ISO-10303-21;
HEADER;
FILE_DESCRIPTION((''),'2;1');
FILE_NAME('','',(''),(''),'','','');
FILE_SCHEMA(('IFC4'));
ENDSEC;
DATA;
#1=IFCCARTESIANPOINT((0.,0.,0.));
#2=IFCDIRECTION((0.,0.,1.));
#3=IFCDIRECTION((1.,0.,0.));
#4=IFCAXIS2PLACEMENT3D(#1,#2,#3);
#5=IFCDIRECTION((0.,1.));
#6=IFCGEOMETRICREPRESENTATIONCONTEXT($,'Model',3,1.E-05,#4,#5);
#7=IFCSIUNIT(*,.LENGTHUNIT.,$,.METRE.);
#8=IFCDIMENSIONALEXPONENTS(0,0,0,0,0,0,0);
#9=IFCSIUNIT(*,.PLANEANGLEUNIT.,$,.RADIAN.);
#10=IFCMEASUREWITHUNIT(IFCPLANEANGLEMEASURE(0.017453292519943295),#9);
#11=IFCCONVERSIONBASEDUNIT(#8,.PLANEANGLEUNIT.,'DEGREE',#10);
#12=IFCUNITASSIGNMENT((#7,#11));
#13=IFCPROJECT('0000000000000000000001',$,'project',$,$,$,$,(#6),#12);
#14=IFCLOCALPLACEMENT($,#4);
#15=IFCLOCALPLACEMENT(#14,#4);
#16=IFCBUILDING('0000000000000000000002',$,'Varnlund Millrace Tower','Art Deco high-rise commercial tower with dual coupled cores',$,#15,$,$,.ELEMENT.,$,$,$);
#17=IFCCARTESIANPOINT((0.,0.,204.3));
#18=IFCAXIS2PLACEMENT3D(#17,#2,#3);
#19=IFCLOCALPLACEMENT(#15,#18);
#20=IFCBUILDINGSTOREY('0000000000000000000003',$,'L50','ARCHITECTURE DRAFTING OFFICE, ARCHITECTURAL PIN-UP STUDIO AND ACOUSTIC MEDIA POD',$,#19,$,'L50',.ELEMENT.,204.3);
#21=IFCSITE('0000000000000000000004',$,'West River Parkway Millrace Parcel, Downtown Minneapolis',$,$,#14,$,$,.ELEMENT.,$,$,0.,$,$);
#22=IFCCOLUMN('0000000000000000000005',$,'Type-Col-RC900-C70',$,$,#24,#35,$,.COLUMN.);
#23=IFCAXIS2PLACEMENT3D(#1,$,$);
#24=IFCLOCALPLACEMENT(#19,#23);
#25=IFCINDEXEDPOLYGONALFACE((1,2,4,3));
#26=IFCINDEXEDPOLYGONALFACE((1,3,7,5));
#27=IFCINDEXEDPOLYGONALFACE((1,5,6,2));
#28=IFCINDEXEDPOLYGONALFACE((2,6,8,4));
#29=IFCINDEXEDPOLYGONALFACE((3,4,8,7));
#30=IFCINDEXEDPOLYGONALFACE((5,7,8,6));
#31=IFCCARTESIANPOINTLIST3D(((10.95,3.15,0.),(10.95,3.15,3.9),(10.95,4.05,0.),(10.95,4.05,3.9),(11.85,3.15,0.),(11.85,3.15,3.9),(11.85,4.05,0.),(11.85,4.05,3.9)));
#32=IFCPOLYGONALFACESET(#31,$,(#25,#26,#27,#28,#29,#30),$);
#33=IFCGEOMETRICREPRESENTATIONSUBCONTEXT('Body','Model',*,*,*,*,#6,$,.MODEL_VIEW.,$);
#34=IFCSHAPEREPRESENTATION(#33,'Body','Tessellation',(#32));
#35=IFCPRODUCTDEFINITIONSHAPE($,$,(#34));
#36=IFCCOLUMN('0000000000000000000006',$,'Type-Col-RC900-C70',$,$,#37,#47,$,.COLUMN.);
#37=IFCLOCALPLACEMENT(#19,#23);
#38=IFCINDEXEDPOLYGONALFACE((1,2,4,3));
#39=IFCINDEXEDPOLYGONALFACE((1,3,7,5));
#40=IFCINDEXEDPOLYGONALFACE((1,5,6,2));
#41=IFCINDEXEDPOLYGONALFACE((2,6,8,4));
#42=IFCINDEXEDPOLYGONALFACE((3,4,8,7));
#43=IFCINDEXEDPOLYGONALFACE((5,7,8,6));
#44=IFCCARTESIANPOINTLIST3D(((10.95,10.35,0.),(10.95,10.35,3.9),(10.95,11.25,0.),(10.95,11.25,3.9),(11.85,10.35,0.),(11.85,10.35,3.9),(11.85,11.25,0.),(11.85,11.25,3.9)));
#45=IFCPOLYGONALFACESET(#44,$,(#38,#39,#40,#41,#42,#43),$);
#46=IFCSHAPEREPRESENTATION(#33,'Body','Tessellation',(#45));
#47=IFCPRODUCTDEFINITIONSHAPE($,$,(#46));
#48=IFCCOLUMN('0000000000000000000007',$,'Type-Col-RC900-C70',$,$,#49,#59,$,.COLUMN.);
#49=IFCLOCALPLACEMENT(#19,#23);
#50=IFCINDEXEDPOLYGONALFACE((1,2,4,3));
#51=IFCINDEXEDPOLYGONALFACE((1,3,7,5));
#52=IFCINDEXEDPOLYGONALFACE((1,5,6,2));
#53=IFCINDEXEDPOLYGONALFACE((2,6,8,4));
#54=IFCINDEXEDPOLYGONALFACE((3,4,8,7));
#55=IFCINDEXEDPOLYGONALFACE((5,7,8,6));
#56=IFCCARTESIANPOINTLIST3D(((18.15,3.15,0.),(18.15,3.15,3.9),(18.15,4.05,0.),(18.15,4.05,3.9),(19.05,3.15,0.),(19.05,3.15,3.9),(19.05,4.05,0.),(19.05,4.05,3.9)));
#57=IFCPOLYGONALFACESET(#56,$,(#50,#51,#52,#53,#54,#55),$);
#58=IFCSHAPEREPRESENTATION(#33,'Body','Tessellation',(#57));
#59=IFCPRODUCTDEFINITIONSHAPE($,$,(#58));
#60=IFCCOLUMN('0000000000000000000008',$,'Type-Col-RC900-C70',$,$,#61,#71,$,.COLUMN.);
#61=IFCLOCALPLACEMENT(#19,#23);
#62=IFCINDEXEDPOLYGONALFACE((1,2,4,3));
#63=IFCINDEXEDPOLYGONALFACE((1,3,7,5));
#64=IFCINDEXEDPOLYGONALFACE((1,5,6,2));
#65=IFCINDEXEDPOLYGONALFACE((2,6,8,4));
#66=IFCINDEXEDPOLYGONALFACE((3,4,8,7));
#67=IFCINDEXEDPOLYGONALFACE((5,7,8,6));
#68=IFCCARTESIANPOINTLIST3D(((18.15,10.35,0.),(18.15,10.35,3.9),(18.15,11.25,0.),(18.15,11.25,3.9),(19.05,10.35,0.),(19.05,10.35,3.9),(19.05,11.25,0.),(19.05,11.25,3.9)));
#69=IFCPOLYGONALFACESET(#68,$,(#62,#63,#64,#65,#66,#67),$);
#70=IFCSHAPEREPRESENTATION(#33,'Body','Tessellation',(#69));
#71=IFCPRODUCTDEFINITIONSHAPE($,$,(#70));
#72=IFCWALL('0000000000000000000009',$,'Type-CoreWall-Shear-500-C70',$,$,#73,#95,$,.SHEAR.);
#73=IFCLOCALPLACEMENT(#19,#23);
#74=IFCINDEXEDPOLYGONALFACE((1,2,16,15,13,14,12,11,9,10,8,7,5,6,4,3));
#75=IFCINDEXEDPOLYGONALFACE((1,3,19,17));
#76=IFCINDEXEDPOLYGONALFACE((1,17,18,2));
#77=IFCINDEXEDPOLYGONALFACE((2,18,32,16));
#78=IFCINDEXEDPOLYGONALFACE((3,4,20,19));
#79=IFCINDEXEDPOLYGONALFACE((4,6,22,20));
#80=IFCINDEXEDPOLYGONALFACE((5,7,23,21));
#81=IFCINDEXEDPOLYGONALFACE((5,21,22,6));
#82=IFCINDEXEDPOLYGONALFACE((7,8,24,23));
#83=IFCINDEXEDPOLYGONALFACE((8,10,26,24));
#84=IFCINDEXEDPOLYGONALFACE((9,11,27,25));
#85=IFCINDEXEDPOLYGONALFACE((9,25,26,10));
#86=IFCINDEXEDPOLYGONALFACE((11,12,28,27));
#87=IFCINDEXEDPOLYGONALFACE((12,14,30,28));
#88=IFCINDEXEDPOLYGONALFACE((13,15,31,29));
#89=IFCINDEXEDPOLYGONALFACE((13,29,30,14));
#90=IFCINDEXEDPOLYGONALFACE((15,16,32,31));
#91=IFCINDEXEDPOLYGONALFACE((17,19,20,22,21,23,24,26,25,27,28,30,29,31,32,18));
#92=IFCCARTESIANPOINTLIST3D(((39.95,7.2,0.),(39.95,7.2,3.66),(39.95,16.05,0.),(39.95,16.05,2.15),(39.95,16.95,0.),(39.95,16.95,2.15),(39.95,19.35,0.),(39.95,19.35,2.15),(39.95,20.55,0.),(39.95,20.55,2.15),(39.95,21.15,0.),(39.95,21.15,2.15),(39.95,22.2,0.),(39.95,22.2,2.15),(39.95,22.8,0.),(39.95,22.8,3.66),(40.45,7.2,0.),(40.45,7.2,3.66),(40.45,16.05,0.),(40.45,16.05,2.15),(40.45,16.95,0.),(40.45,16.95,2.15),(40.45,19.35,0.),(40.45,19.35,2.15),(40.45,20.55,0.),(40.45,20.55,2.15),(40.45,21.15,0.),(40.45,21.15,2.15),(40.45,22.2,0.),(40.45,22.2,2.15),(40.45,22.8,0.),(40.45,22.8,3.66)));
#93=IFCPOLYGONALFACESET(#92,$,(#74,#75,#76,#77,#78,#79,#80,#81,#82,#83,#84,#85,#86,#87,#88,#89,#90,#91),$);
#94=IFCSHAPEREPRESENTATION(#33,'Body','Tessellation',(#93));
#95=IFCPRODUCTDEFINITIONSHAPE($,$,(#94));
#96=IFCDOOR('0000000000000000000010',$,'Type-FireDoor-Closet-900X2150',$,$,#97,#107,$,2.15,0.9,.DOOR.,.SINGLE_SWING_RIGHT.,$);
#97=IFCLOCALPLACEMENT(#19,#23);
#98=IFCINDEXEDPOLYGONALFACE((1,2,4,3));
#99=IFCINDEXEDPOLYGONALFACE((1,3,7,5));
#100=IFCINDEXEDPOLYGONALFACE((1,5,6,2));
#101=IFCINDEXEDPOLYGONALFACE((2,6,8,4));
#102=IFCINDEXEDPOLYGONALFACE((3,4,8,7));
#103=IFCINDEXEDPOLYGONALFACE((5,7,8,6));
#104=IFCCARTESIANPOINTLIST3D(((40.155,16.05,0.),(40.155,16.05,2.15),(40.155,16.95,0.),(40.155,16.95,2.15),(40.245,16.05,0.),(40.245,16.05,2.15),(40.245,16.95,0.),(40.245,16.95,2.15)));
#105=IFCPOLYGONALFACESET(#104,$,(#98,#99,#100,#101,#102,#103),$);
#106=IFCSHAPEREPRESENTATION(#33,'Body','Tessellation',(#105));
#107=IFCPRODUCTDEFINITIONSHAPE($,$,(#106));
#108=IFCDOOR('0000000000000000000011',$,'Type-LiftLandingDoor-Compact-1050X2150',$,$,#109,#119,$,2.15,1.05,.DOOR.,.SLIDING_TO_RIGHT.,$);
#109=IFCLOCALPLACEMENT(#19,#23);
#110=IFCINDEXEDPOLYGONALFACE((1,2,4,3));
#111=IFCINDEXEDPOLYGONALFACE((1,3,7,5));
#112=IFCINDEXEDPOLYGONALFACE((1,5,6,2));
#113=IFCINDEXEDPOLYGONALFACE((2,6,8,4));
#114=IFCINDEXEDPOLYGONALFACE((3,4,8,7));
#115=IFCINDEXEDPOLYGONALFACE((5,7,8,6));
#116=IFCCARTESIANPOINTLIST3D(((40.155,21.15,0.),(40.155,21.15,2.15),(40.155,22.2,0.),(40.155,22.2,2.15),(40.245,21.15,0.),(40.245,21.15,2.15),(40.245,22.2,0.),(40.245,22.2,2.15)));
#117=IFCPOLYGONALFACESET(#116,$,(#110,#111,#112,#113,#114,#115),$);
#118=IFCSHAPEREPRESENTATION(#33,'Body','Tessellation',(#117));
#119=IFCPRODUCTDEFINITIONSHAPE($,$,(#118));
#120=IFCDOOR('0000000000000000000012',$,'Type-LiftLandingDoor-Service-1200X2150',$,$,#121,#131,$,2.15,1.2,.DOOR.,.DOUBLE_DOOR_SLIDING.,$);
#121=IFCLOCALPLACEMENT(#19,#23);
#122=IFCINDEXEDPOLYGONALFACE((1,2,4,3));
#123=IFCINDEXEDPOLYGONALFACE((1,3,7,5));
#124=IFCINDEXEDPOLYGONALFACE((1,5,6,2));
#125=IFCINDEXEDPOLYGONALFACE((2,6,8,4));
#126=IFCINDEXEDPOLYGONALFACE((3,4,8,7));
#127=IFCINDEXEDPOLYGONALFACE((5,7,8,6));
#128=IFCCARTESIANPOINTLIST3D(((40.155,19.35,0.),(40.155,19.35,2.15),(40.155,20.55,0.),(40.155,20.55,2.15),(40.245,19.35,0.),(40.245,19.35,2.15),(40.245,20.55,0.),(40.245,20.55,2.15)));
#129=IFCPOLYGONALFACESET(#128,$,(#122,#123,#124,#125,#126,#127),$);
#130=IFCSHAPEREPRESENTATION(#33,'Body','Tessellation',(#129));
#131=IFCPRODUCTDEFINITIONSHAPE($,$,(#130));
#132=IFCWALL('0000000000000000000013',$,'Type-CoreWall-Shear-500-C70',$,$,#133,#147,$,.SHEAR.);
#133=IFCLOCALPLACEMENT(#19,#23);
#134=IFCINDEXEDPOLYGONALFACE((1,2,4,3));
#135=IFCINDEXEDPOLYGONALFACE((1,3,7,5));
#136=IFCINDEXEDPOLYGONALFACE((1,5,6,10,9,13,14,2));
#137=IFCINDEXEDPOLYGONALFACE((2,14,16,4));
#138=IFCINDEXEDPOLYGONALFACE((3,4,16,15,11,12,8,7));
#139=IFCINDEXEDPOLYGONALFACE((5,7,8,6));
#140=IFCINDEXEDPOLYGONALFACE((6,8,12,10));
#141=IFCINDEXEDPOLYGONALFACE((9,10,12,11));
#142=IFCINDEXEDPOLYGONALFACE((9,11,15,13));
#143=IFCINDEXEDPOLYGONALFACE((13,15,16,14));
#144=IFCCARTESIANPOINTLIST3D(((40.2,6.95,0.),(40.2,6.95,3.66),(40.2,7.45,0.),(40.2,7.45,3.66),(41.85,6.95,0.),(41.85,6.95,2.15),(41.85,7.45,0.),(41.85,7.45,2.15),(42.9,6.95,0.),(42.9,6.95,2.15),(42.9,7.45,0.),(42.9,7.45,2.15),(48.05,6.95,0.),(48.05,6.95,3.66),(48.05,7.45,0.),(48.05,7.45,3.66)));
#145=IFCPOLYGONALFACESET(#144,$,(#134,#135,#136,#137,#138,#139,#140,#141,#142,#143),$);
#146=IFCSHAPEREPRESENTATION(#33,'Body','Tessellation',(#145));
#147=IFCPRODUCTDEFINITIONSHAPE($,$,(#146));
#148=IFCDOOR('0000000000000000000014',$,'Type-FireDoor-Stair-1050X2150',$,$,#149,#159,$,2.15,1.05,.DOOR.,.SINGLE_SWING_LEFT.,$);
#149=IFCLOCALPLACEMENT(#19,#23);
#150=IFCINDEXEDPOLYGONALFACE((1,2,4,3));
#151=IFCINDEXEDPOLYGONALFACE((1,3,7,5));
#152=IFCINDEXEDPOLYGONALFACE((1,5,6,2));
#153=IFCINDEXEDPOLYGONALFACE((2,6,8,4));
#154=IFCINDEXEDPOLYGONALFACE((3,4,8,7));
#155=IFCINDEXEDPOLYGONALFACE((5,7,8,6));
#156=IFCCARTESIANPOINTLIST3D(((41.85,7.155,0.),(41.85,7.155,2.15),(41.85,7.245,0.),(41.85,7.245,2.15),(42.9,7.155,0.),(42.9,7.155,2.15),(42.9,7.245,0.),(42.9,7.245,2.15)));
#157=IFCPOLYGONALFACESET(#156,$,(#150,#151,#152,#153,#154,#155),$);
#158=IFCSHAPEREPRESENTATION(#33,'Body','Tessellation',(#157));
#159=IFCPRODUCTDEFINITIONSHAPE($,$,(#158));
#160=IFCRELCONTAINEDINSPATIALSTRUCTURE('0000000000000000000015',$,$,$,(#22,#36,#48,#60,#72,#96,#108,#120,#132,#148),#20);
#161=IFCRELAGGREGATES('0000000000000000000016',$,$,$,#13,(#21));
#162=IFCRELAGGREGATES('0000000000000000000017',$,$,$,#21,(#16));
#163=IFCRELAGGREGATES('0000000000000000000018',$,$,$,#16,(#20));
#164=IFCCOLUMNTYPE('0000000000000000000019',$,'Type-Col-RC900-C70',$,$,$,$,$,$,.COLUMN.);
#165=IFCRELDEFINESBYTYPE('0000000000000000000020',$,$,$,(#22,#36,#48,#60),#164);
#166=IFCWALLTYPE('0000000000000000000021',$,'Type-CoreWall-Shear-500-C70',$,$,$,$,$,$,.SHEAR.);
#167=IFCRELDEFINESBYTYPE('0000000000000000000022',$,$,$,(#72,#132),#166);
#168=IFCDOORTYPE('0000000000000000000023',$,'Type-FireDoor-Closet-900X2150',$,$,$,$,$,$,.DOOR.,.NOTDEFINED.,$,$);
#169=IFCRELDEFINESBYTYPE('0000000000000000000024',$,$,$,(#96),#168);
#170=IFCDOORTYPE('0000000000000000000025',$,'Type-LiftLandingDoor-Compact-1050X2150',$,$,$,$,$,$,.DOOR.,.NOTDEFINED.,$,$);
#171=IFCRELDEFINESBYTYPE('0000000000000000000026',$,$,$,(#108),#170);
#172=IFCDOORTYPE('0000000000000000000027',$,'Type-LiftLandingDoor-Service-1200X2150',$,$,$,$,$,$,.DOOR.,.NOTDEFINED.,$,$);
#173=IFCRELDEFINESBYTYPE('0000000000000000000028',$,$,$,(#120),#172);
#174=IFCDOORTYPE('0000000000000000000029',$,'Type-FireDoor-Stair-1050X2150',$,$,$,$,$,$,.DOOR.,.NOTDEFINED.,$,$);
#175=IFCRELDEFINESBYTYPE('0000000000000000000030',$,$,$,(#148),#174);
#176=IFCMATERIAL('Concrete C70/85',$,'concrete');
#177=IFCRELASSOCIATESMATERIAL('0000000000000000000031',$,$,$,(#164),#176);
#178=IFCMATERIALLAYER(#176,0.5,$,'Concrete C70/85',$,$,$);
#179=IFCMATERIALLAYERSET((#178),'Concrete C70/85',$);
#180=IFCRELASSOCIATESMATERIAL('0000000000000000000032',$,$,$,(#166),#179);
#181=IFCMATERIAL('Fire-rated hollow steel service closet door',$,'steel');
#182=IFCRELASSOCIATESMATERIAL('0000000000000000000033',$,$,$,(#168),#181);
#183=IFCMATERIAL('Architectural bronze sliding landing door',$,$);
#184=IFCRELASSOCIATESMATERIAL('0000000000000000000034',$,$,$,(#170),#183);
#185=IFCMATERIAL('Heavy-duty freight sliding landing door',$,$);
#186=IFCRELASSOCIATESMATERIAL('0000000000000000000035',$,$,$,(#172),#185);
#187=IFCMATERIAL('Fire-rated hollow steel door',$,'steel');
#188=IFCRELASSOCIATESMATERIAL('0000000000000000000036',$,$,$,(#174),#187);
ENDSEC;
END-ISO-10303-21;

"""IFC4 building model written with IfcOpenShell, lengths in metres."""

from ifc_helpers import new_model, entity, si_unit, converted_unit, direction, frame, origin_with_axes, origin_2d_with_axis, place, context, subcontext, project, spatial, polyline, rectangle, outline, extrude, material, layer, layer_set, material_profile, profile_set, type_object, element, fill, save


model = new_model("IFC4")

# Units and contexts
model_context = context("Model", 3, precision=1e-05, world=origin_with_axes(), true_north=direction((0.0, 1.0)))
body_context = subcontext(model_context, "Body", "Model", "MODEL_VIEW")
ifc_project = project(units=[si_unit("LENGTHUNIT", "METRE"), converted_unit("PLANEANGLEUNIT", "DEGREE", entity("IfcPlaneAngleMeasure", 0.017453292519943295), si_unit("PLANEANGLEUNIT", "RADIAN"), dimensions=[0, 0, 0, 0, 0, 0, 0])], contexts=[model_context])

# Site, building, storey
site_placement = place(None, origin_with_axes())
site = spatial("IfcSite", under=ifc_project, at=site_placement, Name="West River Parkway Millrace Parcel, Downtown Minneapolis", CompositionType="ELEMENT", RefElevation=0.0)
building_placement = place(site_placement, origin_with_axes())
building = spatial("IfcBuilding", under=site, at=building_placement, Name="Varnlund Millrace Tower", Description="Art Deco high-rise commercial tower with dual coupled cores", CompositionType="ELEMENT")
storey_placement = place(building_placement, frame((0.0, 0.0, 204.3), z_axis=(0.0, 0.0, 1.0), x_axis=(1.0, 0.0, 0.0)))
storey = spatial("IfcBuildingStorey", under=building, at=storey_placement, Name="L50", Description="ARCHITECTURE DRAFTING OFFICE, ARCHITECTURAL PIN-UP STUDIO AND ACOUSTIC MEDIA POD", LongName="L50", CompositionType="ELEMENT", Elevation=204.3)

# Columns
ifc_material_1 = material(Name="Concrete C70/85", Category="concrete")
ifc_material_profile = material_profile(ifc_material_1, rectangle(XDim=0.9, YDim=0.9, at=origin_2d_with_axis()), Name="Concrete C70/85")
ifc_profile_set = profile_set([ifc_material_profile], Name="Concrete C70/85")
column_type = type_object("IfcColumnType", Name="Type-Col-RC900-C70", PredefinedType="COLUMN", material=ifc_profile_set)
for number, where, z_axis, x_axis, name in (
    (1, (11.4, 3.6, 0.0), (0.0, 0.0, 1.0), (1.0, 0.0, 0.0), "Type-Col-RC900-C70"),
    (2, (11.4, 10.8, 0.0), (0.0, 0.0, 1.0), (1.0, 0.0, 0.0), "Type-Col-RC900-C70"),
    (3, (18.6, 3.6, 0.0), (0.0, 0.0, 1.0), (1.0, 0.0, 0.0), "Type-Col-RC900-C70"),
    (4, (18.6, 10.8, 0.0), (0.0, 0.0, 1.0), (1.0, 0.0, 0.0), "Type-Col-RC900-C70"),
):
    element("IfcColumn", number, at=place(storey_placement, frame(where, z_axis=z_axis, x_axis=x_axis)), inside=storey, type_object=column_type, Name=name, PredefinedType="COLUMN", context=body_context, shape_type="SweptSolid", body=[
        extrude(rectangle(XDim=0.9, YDim=0.9, at=origin_2d_with_axis()), origin_with_axes(), (0.0, 0.0, 1.0), 3.9),
    ])

# Wall, openings, doors
ifc_layer_1 = layer(ifc_material_1, 0.5, Name="Concrete C70/85")
ifc_layer_set_1 = layer_set([ifc_layer_1], Name="Concrete C70/85")
wall_type_1 = type_object("IfcWallType", Name="Type-CoreWall-Shear-500-C70", PredefinedType="SHEAR", material=ifc_layer_set_1)
wall_1_placement = place(storey_placement, frame((40.2, 7.2, 0.0), z_axis=(0.0, 0.0, 1.0), x_axis=(0.0, 1.0, 0.0)))
wall_1 = element("IfcWall", 5, at=wall_1_placement, inside=storey, type_object=wall_type_1, Name="Type-CoreWall-Shear-500-C70", PredefinedType="SHEAR", context=body_context, shape_type="SweptSolid", body=[
    extrude(outline(polyline([(0.0, -0.25), (15.6, -0.25), (15.6, 0.25), (0.0, 0.25), (0.0, -0.25)])), origin_with_axes(), (0.0, 0.0, 1.0), 3.66),
])
opening_1_placement = place(wall_1_placement, frame((14.475, 0.0, 0.0), z_axis=(0.0, 0.0, 1.0), x_axis=(1.0, 0.0, 0.0)))
opening_1 = element("IfcOpeningElement", 6, at=opening_1_placement, cuts=wall_1, PredefinedType="OPENING", context=body_context, shape_type="SweptSolid", body=[
    extrude(rectangle(XDim=1.05, YDim=0.52, at=origin_2d_with_axis()), origin_with_axes(), (0.0, 0.0, 1.0), 2.15),
])
opening_2_placement = place(wall_1_placement, frame((12.75, 0.0, 0.0), z_axis=(0.0, 0.0, 1.0), x_axis=(1.0, 0.0, 0.0)))
opening_2 = element("IfcOpeningElement", 7, at=opening_2_placement, cuts=wall_1, PredefinedType="OPENING", context=body_context, shape_type="SweptSolid", body=[
    extrude(rectangle(XDim=1.2, YDim=0.52, at=origin_2d_with_axis()), origin_with_axes(), (0.0, 0.0, 1.0), 2.15),
])
opening_3_placement = place(wall_1_placement, frame((9.3, 0.0, 0.0), z_axis=(0.0, 0.0, 1.0), x_axis=(1.0, 0.0, 0.0)))
opening_3 = element("IfcOpeningElement", 8, at=opening_3_placement, cuts=wall_1, PredefinedType="OPENING", context=body_context, shape_type="SweptSolid", body=[
    extrude(rectangle(XDim=0.9, YDim=0.52, at=origin_2d_with_axis()), origin_with_axes(), (0.0, 0.0, 1.0), 2.15),
])
ifc_material_2 = material(Name="Fire-rated hollow steel service closet door", Category="steel")
door_type_1 = type_object("IfcDoorType", Name="Type-FireDoor-Closet-900X2150", OperationType="NOTDEFINED", PredefinedType="DOOR", material=ifc_material_2)
door_1_placement = place(wall_1_placement, frame((9.3, 0.0, 0.0), z_axis=(0.0, 0.0, 1.0), x_axis=(1.0, 0.0, 0.0)))
door_1 = element("IfcDoor", 9, at=door_1_placement, inside=storey, type_object=door_type_1, Name="Type-FireDoor-Closet-900X2150", OperationType="SINGLE_SWING_RIGHT", OverallHeight=2.15, OverallWidth=0.9, PredefinedType="DOOR", context=body_context, shape_type="SweptSolid", body=[
    extrude(rectangle(XDim=0.9, YDim=0.09, at=origin_2d_with_axis()), origin_with_axes(), (0.0, 0.0, 1.0), 2.15),
])
fill(opening_3, door_1)
ifc_material_3 = material(Name="Architectural bronze sliding landing door")
door_type_2 = type_object("IfcDoorType", Name="Type-LiftLandingDoor-Compact-1050X2150", OperationType="NOTDEFINED", PredefinedType="DOOR", material=ifc_material_3)
door_2_placement = place(wall_1_placement, frame((14.475, 0.0, 0.0), z_axis=(0.0, 0.0, 1.0), x_axis=(1.0, 0.0, 0.0)))
door_2 = element("IfcDoor", 10, at=door_2_placement, inside=storey, type_object=door_type_2, Name="Type-LiftLandingDoor-Compact-1050X2150", OperationType="SLIDING_TO_RIGHT", OverallHeight=2.15, OverallWidth=1.05, PredefinedType="DOOR", context=body_context, shape_type="SweptSolid", body=[
    extrude(rectangle(XDim=1.05, YDim=0.09, at=origin_2d_with_axis()), origin_with_axes(), (0.0, 0.0, 1.0), 2.15),
])
fill(opening_1, door_2)
ifc_material_4 = material(Name="Heavy-duty freight sliding landing door")
door_type_3 = type_object("IfcDoorType", Name="Type-LiftLandingDoor-Service-1200X2150", OperationType="NOTDEFINED", PredefinedType="DOOR", material=ifc_material_4)
door_3_placement = place(wall_1_placement, frame((12.75, 0.0, 0.0), z_axis=(0.0, 0.0, 1.0), x_axis=(1.0, 0.0, 0.0)))
door_3 = element("IfcDoor", 11, at=door_3_placement, inside=storey, type_object=door_type_3, Name="Type-LiftLandingDoor-Service-1200X2150", OperationType="DOUBLE_DOOR_SLIDING", OverallHeight=2.15, OverallWidth=1.2, PredefinedType="DOOR", context=body_context, shape_type="SweptSolid", body=[
    extrude(rectangle(XDim=1.2, YDim=0.09, at=origin_2d_with_axis()), origin_with_axes(), (0.0, 0.0, 1.0), 2.15),
])
fill(opening_2, door_3)

# Wall, opening, door
wall_2_placement = place(storey_placement, frame((40.2, 7.2, 0.0), z_axis=(0.0, 0.0, 1.0), x_axis=(1.0, 0.0, 0.0)))
wall_2 = element("IfcWall", 12, at=wall_2_placement, inside=storey, type_object=wall_type_1, Name="Type-CoreWall-Shear-500-C70", PredefinedType="SHEAR", context=body_context, shape_type="SweptSolid", body=[
    extrude(outline(polyline([(0.0, -0.25), (7.85, -0.25), (7.85, 0.25), (0.0, 0.25), (0.0, -0.25)])), origin_with_axes(), (0.0, 0.0, 1.0), 3.66),
])
opening_4_placement = place(wall_2_placement, frame((2.175, 0.0, 0.0), z_axis=(0.0, 0.0, 1.0), x_axis=(1.0, 0.0, 0.0)))
opening_4 = element("IfcOpeningElement", 13, at=opening_4_placement, cuts=wall_2, PredefinedType="OPENING", context=body_context, shape_type="SweptSolid", body=[
    extrude(rectangle(XDim=1.05, YDim=0.52, at=origin_2d_with_axis()), origin_with_axes(), (0.0, 0.0, 1.0), 2.15),
])
ifc_material_5 = material(Name="Fire-rated hollow steel door", Category="steel")
door_type_4 = type_object("IfcDoorType", Name="Type-FireDoor-Stair-1050X2150", OperationType="NOTDEFINED", PredefinedType="DOOR", material=ifc_material_5)
door_4_placement = place(wall_2_placement, frame((2.175, 0.0, 0.0), z_axis=(0.0, 0.0, 1.0), x_axis=(1.0, 0.0, 0.0)))
door_4 = element("IfcDoor", 14, at=door_4_placement, inside=storey, type_object=door_type_4, Name="Type-FireDoor-Stair-1050X2150", OperationType="SINGLE_SWING_LEFT", OverallHeight=2.15, OverallWidth=1.05, PredefinedType="DOOR", context=body_context, shape_type="SweptSolid", body=[
    extrude(rectangle(XDim=1.05, YDim=0.09, at=origin_2d_with_axis()), origin_with_axes(), (0.0, 0.0, 1.0), 2.15),
])
fill(opening_4, door_4)

save(model, "model.ifc")
